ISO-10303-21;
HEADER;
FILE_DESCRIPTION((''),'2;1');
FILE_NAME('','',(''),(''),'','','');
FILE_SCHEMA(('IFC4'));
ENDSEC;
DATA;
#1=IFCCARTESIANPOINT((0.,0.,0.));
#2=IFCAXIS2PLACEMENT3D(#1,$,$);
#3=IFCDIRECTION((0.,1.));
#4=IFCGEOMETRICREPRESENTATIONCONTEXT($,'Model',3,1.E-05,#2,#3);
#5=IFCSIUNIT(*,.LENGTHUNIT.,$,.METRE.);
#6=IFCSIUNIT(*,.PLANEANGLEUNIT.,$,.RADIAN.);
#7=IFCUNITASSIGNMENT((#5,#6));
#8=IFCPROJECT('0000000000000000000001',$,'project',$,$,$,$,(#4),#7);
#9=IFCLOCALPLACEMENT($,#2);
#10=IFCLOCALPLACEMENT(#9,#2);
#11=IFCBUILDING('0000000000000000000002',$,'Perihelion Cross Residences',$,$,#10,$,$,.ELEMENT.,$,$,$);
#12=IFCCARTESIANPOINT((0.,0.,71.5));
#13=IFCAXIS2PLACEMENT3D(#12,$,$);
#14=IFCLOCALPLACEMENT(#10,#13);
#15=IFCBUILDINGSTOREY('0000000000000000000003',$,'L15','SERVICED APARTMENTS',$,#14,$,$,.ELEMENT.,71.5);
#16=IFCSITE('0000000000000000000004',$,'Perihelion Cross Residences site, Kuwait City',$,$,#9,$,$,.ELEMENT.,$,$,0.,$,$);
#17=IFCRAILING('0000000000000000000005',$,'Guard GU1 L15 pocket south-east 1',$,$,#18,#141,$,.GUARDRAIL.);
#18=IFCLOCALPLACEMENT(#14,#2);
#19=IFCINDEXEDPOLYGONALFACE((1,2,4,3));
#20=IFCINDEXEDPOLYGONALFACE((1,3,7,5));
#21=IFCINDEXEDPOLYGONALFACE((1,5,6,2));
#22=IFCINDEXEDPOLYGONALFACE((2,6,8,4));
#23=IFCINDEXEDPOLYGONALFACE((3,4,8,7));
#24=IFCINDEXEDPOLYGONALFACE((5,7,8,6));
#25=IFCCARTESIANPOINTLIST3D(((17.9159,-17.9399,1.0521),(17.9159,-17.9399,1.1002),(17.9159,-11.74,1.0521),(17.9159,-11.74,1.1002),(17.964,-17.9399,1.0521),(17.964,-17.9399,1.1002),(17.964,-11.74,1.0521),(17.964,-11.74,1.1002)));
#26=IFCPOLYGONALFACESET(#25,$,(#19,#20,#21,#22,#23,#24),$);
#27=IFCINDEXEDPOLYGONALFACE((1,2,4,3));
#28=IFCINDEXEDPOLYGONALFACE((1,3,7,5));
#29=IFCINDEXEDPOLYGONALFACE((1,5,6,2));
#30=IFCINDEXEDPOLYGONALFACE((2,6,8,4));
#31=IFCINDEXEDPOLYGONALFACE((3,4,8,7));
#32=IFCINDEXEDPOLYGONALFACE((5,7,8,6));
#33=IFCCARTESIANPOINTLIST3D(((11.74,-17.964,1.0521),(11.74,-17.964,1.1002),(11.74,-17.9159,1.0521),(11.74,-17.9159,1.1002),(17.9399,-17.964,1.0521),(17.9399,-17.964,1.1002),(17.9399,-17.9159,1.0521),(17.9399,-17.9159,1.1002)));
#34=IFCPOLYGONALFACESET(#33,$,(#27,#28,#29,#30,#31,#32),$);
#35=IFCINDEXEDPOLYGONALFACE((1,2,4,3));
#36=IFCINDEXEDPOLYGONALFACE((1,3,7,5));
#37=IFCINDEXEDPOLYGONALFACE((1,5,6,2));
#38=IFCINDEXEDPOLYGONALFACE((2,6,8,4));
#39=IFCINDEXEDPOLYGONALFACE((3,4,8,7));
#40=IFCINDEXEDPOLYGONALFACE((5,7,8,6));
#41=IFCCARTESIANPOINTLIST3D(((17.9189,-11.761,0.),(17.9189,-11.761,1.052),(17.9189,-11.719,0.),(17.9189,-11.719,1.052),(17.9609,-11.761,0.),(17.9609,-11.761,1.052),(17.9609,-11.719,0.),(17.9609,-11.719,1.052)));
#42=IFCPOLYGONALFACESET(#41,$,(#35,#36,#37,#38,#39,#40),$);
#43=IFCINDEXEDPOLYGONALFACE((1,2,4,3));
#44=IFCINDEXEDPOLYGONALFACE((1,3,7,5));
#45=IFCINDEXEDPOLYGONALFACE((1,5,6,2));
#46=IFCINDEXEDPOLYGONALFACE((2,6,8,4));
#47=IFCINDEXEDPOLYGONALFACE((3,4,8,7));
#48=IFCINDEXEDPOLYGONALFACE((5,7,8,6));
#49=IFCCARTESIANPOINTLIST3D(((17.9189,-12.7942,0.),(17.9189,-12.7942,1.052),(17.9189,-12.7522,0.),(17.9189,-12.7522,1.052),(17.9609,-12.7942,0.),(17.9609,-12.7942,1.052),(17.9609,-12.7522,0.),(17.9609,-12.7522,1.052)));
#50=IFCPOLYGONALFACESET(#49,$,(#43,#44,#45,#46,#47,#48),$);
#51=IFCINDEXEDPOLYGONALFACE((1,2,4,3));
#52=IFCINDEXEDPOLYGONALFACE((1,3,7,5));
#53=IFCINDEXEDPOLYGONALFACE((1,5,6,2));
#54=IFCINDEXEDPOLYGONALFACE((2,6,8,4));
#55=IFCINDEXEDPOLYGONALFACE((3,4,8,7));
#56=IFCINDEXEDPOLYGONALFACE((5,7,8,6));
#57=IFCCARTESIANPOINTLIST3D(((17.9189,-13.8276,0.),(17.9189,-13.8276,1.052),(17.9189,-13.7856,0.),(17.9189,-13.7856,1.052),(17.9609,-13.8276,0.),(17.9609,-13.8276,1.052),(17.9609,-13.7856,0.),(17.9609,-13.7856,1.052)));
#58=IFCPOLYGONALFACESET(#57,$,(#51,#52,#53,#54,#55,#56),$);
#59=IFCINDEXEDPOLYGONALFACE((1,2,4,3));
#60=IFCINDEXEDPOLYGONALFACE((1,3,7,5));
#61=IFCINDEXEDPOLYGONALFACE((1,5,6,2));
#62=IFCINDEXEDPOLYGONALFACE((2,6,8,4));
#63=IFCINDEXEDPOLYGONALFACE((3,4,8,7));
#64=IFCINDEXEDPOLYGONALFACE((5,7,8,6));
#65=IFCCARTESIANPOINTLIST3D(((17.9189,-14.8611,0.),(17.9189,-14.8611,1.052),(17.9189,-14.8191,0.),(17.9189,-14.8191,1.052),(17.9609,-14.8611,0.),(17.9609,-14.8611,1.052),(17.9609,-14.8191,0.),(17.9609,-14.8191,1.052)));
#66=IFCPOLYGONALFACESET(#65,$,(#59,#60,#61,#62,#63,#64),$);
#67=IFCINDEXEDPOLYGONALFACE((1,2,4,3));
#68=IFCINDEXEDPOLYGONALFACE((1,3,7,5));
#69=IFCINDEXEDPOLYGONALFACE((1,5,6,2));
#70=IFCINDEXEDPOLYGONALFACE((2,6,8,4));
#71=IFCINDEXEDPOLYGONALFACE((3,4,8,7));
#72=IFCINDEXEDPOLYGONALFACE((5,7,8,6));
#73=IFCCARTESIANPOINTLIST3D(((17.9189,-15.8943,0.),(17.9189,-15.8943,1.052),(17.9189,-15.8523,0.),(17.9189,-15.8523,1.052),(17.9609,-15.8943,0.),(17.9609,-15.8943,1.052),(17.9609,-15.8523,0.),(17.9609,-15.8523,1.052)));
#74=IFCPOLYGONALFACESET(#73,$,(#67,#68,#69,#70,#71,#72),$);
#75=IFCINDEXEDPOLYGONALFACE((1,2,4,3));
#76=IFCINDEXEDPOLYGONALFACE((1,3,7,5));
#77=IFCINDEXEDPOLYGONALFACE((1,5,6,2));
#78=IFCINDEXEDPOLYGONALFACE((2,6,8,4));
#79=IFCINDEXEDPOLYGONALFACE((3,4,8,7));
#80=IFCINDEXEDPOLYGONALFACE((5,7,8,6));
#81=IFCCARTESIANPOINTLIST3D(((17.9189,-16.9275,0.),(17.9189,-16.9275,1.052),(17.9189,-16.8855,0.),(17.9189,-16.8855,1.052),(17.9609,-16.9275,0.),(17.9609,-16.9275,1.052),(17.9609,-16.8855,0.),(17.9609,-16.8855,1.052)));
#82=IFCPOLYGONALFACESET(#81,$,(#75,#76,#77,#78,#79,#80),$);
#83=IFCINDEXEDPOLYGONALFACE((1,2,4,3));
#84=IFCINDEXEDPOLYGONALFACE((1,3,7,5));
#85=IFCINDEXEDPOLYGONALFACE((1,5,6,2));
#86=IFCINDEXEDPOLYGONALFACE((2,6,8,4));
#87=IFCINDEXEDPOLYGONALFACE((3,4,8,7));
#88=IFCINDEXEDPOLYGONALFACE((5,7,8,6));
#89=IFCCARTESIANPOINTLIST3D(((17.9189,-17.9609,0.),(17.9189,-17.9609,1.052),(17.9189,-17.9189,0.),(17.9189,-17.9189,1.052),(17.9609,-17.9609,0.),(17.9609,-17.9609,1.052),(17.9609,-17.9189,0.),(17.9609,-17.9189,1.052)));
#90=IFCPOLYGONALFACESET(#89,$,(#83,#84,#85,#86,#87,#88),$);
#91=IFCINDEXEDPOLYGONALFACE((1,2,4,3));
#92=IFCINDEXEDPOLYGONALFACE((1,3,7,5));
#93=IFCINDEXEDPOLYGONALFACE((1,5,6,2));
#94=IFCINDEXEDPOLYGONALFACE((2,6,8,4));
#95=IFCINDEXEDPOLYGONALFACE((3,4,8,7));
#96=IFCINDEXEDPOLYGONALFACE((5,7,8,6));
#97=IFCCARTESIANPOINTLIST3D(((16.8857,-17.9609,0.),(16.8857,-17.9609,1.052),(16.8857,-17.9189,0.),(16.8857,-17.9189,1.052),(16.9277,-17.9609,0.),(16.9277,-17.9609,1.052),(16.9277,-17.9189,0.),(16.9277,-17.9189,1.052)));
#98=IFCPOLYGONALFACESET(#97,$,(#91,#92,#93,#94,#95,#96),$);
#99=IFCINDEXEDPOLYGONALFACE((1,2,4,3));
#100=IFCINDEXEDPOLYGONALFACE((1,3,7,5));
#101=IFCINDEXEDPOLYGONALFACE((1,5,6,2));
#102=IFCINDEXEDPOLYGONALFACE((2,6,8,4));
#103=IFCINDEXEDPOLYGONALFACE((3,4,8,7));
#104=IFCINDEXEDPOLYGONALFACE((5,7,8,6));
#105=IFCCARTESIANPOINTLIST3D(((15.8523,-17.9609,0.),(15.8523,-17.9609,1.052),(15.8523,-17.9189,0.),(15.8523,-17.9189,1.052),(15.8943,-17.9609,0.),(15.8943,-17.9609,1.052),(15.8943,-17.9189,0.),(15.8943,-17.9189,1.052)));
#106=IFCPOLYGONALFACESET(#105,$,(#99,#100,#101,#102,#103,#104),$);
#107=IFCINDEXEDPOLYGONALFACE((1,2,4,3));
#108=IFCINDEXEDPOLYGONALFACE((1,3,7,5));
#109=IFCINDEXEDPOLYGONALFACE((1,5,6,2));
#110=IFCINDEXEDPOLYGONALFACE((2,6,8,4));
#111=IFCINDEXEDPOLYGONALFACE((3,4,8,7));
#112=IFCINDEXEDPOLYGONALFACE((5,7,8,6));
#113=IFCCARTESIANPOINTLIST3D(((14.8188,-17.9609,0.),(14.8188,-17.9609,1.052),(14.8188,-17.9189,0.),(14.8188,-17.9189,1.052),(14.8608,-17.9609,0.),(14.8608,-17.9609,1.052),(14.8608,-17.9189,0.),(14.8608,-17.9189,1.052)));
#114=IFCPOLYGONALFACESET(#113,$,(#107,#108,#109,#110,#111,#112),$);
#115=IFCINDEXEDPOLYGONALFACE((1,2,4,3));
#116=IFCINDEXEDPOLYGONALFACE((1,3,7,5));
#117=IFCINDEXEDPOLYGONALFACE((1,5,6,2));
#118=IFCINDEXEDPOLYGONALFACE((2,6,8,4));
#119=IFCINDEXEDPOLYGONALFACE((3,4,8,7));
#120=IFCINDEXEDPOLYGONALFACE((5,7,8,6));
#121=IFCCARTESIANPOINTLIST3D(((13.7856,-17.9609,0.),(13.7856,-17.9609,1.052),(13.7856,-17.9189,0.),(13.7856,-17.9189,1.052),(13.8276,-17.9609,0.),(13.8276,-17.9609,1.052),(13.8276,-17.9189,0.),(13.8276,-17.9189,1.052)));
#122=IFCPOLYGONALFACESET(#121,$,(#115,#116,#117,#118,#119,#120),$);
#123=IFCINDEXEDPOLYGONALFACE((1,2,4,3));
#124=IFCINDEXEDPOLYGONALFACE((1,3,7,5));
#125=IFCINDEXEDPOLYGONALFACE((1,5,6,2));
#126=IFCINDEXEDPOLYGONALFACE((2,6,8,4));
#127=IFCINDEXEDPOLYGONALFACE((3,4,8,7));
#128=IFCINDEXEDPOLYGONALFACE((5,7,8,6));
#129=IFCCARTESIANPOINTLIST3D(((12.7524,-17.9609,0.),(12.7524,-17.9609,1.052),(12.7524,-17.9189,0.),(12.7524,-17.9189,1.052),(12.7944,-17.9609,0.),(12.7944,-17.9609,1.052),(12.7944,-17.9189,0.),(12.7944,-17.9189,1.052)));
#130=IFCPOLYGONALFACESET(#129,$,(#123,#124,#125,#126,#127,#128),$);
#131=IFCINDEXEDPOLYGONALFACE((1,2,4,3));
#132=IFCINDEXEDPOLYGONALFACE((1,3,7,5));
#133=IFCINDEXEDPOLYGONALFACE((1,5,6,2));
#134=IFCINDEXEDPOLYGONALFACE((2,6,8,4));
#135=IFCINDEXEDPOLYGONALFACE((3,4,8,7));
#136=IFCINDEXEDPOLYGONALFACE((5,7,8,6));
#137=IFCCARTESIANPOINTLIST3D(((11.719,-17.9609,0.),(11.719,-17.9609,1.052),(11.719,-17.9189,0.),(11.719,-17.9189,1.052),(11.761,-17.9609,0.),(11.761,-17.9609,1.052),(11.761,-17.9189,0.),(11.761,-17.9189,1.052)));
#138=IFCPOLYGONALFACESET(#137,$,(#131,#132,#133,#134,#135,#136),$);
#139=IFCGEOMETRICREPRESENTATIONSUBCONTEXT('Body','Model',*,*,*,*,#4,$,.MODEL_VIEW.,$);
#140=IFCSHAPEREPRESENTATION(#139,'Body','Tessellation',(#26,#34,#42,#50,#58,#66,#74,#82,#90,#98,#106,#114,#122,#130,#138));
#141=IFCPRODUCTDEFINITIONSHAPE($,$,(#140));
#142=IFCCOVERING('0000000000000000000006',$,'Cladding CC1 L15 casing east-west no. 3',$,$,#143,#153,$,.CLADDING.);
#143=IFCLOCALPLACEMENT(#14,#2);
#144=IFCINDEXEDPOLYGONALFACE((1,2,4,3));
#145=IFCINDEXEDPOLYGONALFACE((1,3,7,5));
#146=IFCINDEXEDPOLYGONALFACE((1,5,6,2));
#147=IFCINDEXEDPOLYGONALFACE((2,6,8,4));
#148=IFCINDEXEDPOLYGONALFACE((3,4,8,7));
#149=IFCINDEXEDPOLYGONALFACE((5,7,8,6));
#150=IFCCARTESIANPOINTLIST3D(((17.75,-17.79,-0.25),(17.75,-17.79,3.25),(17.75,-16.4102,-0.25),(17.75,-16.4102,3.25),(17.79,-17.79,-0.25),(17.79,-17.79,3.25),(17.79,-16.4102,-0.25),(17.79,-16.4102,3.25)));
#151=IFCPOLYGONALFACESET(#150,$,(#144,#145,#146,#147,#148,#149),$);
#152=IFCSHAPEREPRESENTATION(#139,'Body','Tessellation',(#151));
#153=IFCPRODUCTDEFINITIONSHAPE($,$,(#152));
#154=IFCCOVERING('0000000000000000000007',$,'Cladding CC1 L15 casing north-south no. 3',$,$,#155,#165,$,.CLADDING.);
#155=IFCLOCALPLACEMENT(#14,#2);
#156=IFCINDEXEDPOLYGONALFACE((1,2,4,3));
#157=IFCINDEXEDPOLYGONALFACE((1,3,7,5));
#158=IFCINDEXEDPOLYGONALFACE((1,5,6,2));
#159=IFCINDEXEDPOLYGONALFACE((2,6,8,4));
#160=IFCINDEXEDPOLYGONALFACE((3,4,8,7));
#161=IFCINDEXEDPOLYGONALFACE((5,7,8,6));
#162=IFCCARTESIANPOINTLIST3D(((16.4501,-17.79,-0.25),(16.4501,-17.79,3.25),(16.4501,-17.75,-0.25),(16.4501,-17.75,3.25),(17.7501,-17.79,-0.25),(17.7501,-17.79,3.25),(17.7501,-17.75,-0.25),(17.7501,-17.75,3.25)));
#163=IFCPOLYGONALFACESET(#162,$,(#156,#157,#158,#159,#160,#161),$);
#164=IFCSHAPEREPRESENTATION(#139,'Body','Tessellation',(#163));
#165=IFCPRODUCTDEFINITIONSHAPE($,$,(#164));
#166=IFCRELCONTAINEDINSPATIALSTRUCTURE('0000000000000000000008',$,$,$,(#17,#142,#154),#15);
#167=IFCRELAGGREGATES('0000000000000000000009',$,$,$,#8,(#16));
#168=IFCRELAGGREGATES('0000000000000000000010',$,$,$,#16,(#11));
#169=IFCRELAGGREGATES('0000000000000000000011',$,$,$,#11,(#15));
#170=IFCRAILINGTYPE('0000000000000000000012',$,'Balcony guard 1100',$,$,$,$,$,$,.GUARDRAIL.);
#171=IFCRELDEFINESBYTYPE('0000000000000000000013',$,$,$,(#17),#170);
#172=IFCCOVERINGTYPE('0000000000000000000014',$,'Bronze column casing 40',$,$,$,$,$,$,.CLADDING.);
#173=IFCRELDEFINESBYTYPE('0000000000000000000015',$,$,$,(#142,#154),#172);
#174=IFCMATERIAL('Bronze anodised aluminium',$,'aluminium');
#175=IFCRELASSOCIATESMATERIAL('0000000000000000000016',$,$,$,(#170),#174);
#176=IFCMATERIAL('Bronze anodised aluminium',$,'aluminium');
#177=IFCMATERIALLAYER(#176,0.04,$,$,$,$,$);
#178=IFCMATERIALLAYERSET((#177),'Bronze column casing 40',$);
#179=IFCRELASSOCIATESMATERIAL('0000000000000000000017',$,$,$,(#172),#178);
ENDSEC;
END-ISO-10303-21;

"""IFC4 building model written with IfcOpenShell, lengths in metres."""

from ifc_helpers import new_model, si_unit, direction, frame, origin, origin_2d, place, context, subcontext, project, spatial, rectangle, extrude, material, layer, layer_set, type_object, element, save


model = new_model("IFC4")

# Units and contexts
model_context = context("Model", 3, precision=1e-05, world=origin(), true_north=direction((0.0, 1.0)))
body_context = subcontext(model_context, "Body", "Model", "MODEL_VIEW")
ifc_project = project(units=[si_unit("LENGTHUNIT", "METRE"), si_unit("PLANEANGLEUNIT", "RADIAN")], contexts=[model_context])

# Site, building, storey
site_placement = place(None, origin())
site = spatial("IfcSite", under=ifc_project, at=site_placement, Name="Perihelion Cross Residences site, Kuwait City", CompositionType="ELEMENT", RefElevation=0.0)
building_placement = place(site_placement, origin())
building = spatial("IfcBuilding", under=site, at=building_placement, Name="Perihelion Cross Residences", CompositionType="ELEMENT")
storey_placement = place(building_placement, frame((0.0, 0.0, 71.5)))
storey = spatial("IfcBuildingStorey", under=building, at=storey_placement, Name="L15", Description="SERVICED APARTMENTS", CompositionType="ELEMENT", Elevation=71.5)

# Railing
ifc_material_1 = material(Name="Bronze anodised aluminium", Category="aluminium")
railing_type = type_object("IfcRailingType", Name="Balcony guard 1100", PredefinedType="GUARDRAIL", material=ifc_material_1)
railing_1_placement = place(storey_placement, frame((17.9399, -11.74, 0.0)))
element("IfcRailing", 1, at=railing_1_placement, inside=storey, type_object=railing_type, Name="Guard GU1 L15 pocket south-east 1", PredefinedType="GUARDRAIL", context=body_context, shape_type="SweptSolid", body=[
    extrude(rectangle(XDim=0.0481, YDim=0.0481, at=origin_2d()), frame((0.0, 0.0, 1.0762), z_axis=(0.0, -1.0, 0.0), x_axis=(1.0, 0.0, 0.0)), (0.0, 0.0, 1.0), 6.2),
    extrude(rectangle(XDim=0.0481, YDim=0.0481, at=origin_2d()), frame((0.0, -6.2, 1.0762), z_axis=(-1.0, 0.0, 0.0), x_axis=(0.0, -1.0, 0.0)), (0.0, 0.0, 1.0), 6.2),
    extrude(rectangle(XDim=0.042, YDim=0.042, at=origin_2d()), origin(), (0.0, 0.0, 1.0), 1.052),
    extrude(rectangle(XDim=0.042, YDim=0.042, at=origin_2d()), frame((0.0, -1.0332, 0.0)), (0.0, 0.0, 1.0), 1.052),
    extrude(rectangle(XDim=0.042, YDim=0.042, at=origin_2d()), frame((0.0, -2.0667, 0.0)), (0.0, 0.0, 1.0), 1.052),
    extrude(rectangle(XDim=0.042, YDim=0.042, at=origin_2d()), frame((0.0, -3.1001, 0.0)), (0.0, 0.0, 1.0), 1.052),
    extrude(rectangle(XDim=0.042, YDim=0.042, at=origin_2d()), frame((0.0, -4.1333, 0.0)), (0.0, 0.0, 1.0), 1.052),
    extrude(rectangle(XDim=0.042, YDim=0.042, at=origin_2d()), frame((0.0, -5.1665, 0.0)), (0.0, 0.0, 1.0), 1.052),
    extrude(rectangle(XDim=0.042, YDim=0.042, at=origin_2d()), frame((0.0, -6.2, 0.0)), (0.0, 0.0, 1.0), 1.052),
    extrude(rectangle(XDim=0.042, YDim=0.042, at=origin_2d()), frame((-1.0332, -6.2, 0.0)), (0.0, 0.0, 1.0), 1.052),
    extrude(rectangle(XDim=0.042, YDim=0.042, at=origin_2d()), frame((-2.0667, -6.2, 0.0)), (0.0, 0.0, 1.0), 1.052),
    extrude(rectangle(XDim=0.042, YDim=0.042, at=origin_2d()), frame((-3.1001, -6.2, 0.0)), (0.0, 0.0, 1.0), 1.052),
    extrude(rectangle(XDim=0.042, YDim=0.042, at=origin_2d()), frame((-4.1333, -6.2, 0.0)), (0.0, 0.0, 1.0), 1.052),
    extrude(rectangle(XDim=0.042, YDim=0.042, at=origin_2d()), frame((-5.1665, -6.2, 0.0)), (0.0, 0.0, 1.0), 1.052),
    extrude(rectangle(XDim=0.042, YDim=0.042, at=origin_2d()), frame((-6.2, -6.2, 0.0)), (0.0, 0.0, 1.0), 1.052),
])

# Coverings
ifc_material_2 = material(Name="Bronze anodised aluminium", Category="aluminium")
ifc_layer_1 = layer(ifc_material_2, 0.04)
ifc_layer_set_1 = layer_set([ifc_layer_1], Name="Bronze column casing 40")
covering_type = type_object("IfcCoveringType", Name="Bronze column casing 40", PredefinedType="CLADDING", material=ifc_layer_set_1)
covering_1_placement = place(storey_placement, frame((17.77, -17.1001, -0.25), z_axis=(0.0, 0.0, 1.0), x_axis=(1.0, 0.0, 0.0)))
element("IfcCovering", 2, at=covering_1_placement, inside=storey, type_object=covering_type, Name="Cladding CC1 L15 casing east-west no. 3", PredefinedType="CLADDING", context=body_context, shape_type="SweptSolid", body=[
    extrude(rectangle(XDim=0.04, YDim=1.3799, at=origin_2d()), origin(), (0.0, 0.0, 1.0), 3.5),
])
covering_2_placement = place(storey_placement, frame((17.1001, -17.77, -0.25), z_axis=(0.0, 0.0, 1.0), x_axis=(1.0, 0.0, 0.0)))
element("IfcCovering", 3, at=covering_2_placement, inside=storey, type_object=covering_type, Name="Cladding CC1 L15 casing north-south no. 3", PredefinedType="CLADDING", context=body_context, shape_type="SweptSolid", body=[
    extrude(rectangle(XDim=1.3, YDim=0.04, at=origin_2d()), origin(), (0.0, 0.0, 1.0), 3.5),
])

save(model, "model.ifc")
